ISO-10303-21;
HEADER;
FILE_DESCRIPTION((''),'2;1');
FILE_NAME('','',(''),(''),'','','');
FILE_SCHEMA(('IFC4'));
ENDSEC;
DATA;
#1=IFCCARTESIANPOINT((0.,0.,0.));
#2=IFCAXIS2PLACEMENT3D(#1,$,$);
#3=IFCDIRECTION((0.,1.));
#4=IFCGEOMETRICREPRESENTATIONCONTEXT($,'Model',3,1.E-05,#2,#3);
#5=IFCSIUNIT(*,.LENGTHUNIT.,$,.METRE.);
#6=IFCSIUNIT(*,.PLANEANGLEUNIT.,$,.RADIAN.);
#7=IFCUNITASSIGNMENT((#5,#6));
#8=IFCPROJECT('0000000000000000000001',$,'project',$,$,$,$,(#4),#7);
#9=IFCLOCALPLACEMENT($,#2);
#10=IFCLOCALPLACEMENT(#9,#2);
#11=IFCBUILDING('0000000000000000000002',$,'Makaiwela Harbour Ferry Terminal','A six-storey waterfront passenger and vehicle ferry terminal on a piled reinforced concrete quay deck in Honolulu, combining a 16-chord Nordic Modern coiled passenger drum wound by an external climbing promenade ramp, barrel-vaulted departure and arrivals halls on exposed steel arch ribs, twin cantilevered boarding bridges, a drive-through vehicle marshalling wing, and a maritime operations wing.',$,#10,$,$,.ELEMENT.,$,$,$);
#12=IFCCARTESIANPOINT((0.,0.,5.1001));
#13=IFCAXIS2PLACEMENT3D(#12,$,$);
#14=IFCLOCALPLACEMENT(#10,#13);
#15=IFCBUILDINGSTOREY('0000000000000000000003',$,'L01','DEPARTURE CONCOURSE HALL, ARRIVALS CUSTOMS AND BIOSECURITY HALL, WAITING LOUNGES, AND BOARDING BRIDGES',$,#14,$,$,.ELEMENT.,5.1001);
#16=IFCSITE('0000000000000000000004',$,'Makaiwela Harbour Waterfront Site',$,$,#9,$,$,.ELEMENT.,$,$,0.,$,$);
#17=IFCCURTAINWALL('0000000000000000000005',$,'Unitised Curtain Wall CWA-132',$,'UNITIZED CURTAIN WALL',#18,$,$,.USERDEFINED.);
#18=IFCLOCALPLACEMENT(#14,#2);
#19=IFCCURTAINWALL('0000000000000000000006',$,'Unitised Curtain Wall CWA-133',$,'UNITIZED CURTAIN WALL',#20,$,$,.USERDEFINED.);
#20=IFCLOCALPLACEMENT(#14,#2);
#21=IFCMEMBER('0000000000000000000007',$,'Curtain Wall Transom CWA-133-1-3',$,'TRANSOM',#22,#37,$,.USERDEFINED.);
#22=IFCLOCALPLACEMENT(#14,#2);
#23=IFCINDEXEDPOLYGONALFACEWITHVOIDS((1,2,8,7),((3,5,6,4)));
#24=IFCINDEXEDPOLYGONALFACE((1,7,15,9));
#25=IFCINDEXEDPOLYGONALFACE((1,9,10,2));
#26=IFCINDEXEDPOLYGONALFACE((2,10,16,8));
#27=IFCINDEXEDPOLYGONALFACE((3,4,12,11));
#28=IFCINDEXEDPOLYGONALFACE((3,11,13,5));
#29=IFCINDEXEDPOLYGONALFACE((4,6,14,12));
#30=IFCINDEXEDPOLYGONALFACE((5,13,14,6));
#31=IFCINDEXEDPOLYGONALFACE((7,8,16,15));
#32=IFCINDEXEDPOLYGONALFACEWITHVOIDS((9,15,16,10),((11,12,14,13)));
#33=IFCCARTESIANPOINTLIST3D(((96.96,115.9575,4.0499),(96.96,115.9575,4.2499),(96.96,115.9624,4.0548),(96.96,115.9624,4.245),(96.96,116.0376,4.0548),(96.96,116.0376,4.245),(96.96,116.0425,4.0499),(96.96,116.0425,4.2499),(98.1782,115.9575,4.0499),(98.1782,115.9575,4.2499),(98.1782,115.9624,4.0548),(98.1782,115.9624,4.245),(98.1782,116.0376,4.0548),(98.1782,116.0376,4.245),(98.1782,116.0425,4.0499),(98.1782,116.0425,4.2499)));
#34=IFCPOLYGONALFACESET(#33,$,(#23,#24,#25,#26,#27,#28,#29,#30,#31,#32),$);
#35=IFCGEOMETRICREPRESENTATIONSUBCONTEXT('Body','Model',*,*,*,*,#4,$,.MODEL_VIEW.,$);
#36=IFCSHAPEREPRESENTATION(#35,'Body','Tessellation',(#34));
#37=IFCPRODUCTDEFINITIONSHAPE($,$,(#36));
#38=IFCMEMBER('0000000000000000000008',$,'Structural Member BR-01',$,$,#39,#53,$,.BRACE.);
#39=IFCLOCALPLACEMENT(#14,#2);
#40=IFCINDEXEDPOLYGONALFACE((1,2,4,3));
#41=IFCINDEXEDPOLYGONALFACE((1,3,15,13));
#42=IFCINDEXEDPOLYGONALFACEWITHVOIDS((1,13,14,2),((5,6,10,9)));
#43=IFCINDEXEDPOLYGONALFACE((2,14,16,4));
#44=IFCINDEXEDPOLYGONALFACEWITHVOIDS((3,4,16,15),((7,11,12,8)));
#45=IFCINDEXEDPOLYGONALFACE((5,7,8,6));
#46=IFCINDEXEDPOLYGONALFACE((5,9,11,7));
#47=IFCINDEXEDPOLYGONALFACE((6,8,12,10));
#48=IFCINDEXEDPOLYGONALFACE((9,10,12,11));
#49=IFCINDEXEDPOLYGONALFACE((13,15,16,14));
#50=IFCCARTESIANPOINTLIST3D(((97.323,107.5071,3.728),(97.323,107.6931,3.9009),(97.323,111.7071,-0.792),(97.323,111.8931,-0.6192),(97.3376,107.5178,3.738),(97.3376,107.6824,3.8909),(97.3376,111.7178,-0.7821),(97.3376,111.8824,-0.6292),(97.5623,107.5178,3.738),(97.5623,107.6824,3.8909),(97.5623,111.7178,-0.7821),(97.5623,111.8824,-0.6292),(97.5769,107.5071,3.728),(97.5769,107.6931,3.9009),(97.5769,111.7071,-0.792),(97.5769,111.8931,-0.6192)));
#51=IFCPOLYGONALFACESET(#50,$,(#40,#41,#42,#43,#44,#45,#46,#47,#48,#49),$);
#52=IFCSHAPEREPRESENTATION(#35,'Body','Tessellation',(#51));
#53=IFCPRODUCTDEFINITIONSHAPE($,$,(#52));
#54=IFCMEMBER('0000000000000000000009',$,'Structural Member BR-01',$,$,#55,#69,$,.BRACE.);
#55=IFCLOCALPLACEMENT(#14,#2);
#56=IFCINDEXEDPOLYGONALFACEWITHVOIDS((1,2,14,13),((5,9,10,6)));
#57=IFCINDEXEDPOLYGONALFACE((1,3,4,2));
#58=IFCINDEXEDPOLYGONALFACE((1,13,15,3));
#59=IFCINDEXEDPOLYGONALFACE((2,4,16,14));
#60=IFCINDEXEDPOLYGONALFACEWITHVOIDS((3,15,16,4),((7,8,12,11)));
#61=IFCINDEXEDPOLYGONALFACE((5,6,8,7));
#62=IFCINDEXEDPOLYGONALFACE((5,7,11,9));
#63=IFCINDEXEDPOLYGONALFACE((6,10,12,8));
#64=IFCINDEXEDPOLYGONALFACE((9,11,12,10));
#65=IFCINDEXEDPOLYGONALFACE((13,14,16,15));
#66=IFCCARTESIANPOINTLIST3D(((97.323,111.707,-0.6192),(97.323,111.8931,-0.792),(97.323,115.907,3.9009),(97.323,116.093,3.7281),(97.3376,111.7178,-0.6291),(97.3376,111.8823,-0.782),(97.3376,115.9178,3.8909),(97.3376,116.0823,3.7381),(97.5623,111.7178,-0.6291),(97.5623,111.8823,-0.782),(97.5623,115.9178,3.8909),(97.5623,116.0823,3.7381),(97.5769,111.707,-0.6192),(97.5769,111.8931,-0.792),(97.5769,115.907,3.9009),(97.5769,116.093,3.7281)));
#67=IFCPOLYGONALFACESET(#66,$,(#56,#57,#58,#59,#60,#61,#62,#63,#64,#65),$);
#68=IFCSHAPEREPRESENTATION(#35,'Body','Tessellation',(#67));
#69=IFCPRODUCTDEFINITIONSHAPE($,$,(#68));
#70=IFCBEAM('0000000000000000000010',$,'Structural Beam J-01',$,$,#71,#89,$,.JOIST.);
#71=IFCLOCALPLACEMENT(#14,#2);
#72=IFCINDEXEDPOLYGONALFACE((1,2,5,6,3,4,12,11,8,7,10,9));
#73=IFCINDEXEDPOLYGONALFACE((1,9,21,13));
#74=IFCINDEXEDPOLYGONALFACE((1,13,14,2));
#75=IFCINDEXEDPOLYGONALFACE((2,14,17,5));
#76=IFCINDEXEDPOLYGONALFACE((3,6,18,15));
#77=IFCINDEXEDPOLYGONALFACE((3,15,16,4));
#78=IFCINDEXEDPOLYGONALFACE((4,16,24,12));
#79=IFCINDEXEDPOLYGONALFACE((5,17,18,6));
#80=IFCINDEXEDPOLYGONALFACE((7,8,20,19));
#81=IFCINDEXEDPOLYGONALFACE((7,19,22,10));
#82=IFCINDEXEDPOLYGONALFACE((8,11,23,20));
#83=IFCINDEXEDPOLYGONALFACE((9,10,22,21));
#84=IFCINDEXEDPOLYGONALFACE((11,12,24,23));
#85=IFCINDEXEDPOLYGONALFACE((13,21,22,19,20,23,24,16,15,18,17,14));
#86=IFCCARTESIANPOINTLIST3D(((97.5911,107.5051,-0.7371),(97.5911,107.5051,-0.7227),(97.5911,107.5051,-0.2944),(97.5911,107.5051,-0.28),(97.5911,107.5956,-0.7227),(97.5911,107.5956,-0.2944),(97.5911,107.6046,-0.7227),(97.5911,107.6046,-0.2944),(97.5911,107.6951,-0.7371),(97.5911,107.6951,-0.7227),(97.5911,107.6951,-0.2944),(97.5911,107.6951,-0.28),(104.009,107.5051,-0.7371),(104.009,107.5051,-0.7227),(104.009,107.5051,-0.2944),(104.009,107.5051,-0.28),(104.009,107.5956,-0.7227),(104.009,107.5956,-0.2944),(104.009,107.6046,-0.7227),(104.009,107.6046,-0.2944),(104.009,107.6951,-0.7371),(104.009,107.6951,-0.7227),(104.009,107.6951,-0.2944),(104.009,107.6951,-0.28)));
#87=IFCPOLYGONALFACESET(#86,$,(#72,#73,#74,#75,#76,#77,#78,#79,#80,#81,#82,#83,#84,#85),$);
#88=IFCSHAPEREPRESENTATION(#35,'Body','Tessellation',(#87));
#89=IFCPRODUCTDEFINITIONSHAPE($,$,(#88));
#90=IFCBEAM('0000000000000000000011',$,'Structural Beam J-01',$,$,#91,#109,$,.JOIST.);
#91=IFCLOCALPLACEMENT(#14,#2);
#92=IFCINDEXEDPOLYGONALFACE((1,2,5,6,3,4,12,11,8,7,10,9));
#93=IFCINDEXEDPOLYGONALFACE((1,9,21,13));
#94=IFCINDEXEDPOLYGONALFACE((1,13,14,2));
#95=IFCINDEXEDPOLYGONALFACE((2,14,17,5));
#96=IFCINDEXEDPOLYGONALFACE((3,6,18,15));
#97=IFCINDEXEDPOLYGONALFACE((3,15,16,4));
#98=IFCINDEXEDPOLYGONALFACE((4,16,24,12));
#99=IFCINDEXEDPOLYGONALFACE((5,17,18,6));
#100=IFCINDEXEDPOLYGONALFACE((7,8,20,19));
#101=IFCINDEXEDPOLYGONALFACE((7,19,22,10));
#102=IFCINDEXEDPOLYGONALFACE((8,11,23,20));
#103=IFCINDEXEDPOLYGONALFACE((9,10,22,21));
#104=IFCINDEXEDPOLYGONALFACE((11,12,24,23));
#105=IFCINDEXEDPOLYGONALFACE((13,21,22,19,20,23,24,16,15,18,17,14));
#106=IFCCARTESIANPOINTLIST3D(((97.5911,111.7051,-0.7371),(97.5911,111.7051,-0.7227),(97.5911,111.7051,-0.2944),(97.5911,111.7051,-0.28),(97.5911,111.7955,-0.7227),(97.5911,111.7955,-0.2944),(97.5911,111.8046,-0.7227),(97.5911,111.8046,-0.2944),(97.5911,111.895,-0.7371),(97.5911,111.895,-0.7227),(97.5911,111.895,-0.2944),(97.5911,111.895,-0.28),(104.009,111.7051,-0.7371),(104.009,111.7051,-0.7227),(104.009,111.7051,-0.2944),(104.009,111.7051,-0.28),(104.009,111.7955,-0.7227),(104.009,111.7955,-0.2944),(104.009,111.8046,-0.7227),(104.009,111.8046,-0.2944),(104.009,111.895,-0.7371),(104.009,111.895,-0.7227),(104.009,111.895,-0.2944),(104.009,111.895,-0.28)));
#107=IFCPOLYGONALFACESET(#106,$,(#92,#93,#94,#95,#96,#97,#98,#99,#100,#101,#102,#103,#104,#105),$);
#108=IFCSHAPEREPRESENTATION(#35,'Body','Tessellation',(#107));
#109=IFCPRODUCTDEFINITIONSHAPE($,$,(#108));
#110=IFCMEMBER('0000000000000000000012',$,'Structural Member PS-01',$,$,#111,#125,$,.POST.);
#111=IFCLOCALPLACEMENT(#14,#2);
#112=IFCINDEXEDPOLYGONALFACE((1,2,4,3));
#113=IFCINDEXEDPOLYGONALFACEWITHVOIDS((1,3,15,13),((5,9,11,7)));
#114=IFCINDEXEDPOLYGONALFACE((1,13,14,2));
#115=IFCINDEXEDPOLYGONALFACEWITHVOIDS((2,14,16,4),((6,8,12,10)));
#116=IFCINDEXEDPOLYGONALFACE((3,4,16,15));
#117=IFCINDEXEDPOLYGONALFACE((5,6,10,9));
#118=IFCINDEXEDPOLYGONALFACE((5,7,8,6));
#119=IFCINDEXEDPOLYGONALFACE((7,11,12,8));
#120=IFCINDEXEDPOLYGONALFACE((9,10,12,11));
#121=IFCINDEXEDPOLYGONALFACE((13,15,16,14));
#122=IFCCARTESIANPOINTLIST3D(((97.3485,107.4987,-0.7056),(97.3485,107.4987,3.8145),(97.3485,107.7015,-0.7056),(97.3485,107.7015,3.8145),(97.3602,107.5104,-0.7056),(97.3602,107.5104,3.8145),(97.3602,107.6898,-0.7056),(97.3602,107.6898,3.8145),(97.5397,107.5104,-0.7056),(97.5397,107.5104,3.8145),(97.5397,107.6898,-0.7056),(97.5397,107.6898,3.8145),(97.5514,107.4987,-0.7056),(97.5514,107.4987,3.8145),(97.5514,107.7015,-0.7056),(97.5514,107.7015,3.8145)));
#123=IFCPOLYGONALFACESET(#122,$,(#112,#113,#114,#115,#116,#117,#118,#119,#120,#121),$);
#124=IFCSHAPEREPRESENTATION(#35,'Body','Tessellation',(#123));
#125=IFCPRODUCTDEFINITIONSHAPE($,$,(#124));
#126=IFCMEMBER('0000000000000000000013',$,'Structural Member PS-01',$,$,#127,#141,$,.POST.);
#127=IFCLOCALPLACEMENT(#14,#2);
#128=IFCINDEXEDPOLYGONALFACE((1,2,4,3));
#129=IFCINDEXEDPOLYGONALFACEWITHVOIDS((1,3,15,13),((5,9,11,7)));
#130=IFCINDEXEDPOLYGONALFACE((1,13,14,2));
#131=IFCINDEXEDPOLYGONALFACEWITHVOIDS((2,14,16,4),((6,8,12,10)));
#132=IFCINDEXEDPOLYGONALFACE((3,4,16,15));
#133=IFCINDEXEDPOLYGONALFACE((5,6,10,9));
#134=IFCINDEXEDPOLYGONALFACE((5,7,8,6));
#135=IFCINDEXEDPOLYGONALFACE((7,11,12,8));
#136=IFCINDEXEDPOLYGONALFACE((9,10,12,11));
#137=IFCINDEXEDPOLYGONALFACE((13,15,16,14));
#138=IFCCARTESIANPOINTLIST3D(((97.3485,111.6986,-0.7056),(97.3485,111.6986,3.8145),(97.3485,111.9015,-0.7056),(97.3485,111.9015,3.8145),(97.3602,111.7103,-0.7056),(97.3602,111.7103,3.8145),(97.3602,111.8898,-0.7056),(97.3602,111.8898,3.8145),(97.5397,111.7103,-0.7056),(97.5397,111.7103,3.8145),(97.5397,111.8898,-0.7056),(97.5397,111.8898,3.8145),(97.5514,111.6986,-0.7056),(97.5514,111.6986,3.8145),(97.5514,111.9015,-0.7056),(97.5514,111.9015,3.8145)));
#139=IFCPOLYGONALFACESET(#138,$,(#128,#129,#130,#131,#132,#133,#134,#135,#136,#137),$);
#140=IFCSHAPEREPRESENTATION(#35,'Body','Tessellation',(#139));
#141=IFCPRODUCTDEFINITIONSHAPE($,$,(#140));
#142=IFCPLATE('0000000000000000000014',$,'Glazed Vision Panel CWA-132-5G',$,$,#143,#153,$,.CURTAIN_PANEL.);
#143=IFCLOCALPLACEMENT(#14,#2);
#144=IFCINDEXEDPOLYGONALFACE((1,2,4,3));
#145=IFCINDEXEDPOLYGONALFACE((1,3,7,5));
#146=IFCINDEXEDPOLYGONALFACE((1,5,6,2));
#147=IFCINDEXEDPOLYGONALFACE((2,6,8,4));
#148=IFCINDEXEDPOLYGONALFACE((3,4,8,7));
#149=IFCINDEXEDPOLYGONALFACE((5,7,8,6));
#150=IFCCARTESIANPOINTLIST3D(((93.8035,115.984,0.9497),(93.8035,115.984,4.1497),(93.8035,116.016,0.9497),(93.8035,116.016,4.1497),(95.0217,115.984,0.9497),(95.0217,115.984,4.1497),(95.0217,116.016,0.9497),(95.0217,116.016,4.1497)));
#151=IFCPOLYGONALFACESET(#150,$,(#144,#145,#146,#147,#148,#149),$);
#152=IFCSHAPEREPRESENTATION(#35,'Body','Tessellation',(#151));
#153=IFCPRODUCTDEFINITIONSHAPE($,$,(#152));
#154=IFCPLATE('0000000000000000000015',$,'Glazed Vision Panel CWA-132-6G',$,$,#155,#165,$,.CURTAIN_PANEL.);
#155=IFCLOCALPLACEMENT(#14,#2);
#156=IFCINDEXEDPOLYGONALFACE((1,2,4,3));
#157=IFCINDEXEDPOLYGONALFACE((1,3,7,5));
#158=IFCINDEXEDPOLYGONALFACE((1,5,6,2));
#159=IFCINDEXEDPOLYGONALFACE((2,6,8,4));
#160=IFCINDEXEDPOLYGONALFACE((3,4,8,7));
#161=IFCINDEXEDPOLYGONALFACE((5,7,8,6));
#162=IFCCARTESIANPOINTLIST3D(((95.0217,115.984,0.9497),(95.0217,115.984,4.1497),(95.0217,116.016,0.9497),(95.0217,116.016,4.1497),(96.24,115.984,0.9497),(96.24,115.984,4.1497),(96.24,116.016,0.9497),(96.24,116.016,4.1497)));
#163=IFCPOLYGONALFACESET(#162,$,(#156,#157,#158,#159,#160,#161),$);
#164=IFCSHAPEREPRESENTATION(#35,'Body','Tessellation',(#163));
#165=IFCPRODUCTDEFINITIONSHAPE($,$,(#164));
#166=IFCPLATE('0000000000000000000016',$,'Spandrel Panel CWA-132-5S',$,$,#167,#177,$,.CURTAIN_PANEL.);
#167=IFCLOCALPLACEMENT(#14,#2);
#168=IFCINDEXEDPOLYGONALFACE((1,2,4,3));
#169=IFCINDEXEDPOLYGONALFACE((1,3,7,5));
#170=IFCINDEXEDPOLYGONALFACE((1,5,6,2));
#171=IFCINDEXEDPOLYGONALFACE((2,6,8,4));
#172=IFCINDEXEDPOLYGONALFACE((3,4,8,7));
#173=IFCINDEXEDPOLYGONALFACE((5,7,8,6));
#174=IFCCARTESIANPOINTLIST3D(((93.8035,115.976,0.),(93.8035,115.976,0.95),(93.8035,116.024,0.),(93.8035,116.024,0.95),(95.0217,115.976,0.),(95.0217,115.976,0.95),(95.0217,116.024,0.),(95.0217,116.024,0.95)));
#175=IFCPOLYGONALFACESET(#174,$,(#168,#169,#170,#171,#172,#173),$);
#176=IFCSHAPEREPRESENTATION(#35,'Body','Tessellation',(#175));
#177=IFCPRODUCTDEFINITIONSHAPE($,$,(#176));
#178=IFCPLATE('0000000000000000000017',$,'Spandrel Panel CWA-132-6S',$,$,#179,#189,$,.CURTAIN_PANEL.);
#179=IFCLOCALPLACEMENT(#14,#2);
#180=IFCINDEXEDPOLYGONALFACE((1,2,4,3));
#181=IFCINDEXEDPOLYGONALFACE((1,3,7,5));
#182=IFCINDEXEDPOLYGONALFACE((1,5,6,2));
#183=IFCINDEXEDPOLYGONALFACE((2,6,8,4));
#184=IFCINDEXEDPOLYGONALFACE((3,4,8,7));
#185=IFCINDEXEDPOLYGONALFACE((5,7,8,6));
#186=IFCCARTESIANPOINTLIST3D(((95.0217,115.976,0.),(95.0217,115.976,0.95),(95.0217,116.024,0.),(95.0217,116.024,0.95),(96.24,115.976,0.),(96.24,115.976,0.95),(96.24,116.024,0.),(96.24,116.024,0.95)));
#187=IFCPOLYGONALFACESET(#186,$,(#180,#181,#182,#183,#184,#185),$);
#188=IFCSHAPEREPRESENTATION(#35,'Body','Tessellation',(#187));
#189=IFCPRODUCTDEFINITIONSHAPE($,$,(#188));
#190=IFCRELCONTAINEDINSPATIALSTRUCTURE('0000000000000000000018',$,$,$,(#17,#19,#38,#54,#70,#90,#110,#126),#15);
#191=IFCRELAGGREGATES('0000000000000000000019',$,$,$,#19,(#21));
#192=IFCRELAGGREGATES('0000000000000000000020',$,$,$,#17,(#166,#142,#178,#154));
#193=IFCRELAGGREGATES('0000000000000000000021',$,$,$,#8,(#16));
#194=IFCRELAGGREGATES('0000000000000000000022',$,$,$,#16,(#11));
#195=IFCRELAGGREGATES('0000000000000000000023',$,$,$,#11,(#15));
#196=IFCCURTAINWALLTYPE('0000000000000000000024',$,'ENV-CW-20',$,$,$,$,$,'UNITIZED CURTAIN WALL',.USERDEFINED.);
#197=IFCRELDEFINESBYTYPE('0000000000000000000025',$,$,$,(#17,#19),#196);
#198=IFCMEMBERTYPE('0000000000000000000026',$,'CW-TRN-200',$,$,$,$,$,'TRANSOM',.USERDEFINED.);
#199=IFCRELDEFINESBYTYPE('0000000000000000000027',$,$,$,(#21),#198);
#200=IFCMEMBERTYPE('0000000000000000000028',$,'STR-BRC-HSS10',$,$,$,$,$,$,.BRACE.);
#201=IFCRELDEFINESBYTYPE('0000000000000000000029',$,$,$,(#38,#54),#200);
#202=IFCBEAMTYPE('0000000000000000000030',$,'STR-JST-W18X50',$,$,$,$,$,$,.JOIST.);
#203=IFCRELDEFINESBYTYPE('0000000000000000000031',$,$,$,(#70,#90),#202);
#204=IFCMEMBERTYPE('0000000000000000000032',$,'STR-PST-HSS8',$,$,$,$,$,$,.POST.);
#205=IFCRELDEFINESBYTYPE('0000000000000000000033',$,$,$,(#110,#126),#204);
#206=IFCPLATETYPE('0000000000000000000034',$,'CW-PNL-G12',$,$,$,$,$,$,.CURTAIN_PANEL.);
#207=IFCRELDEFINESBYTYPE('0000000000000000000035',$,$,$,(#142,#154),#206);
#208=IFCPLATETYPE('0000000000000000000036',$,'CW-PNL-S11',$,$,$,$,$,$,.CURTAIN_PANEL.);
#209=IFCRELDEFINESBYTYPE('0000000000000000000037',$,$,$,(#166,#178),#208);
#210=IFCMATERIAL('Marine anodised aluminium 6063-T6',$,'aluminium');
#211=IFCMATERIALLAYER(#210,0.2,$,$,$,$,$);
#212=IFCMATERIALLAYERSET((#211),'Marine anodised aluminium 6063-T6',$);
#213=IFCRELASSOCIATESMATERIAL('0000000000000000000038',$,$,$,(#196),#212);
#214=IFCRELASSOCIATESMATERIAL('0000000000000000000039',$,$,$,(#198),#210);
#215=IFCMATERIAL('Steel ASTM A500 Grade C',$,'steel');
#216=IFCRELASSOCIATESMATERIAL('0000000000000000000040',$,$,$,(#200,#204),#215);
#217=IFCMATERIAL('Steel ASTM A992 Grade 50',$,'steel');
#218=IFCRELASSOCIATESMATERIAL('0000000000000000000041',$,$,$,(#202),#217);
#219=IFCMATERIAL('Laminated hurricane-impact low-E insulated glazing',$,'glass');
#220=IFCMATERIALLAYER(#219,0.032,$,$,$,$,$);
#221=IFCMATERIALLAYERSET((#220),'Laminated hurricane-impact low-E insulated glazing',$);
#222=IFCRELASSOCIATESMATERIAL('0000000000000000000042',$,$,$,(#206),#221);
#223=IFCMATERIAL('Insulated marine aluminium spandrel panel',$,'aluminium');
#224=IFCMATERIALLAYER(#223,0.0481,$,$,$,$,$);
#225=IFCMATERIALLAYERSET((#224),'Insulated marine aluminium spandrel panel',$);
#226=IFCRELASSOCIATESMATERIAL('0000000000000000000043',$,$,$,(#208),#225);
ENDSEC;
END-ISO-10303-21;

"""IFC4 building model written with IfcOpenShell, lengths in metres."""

from ifc_helpers import new_model, si_unit, direction, frame, origin, origin_2d, place, context, subcontext, project, spatial, rectangle, hollow_rectangle, i_section, extrude, material, layer, layer_set, material_profile, profile_set, type_object, element, aggregate, save


model = new_model("IFC4")

# Units and contexts
model_context = context("Model", 3, precision=1e-05, world=origin(), true_north=direction((0.0, 1.0)))
body_context = subcontext(model_context, "Body", "Model", "MODEL_VIEW")
ifc_project = project(units=[si_unit("LENGTHUNIT", "METRE"), si_unit("PLANEANGLEUNIT", "RADIAN")], contexts=[model_context])

# Site, building, storey
site_placement = place(None, origin())
site = spatial("IfcSite", under=ifc_project, at=site_placement, Name="Makaiwela Harbour Waterfront Site", CompositionType="ELEMENT", RefElevation=0.0)
building_placement = place(site_placement, origin())
building = spatial("IfcBuilding", under=site, at=building_placement, Name="Makaiwela Harbour Ferry Terminal", Description="A six-storey waterfront passenger and vehicle ferry terminal on a piled reinforced concrete quay deck in Honolulu, combining a 16-chord Nordic Modern coiled passenger drum wound by an external climbing promenade ramp, barrel-vaulted departure and arrivals halls on exposed steel arch ribs, twin cantilevered boarding bridges, a drive-through vehicle marshalling wing, and a maritime operations wing.", CompositionType="ELEMENT")
storey_placement = place(building_placement, frame((0.0, 0.0, 5.1001)))
storey = spatial("IfcBuildingStorey", under=building, at=storey_placement, Name="L01", Description="DEPARTURE CONCOURSE HALL, ARRIVALS CUSTOMS AND BIOSECURITY HALL, WAITING LOUNGES, AND BOARDING BRIDGES", CompositionType="ELEMENT", Elevation=5.1001)

# Curtain wall
ifc_material_1 = material(Name="Marine anodised aluminium 6063-T6", Category="aluminium")
ifc_layer_1 = layer(ifc_material_1, 0.2)
ifc_layer_set_1 = layer_set([ifc_layer_1], Name="Marine anodised aluminium 6063-T6")
curtain_wall_type = type_object("IfcCurtainWallType", Name="ENV-CW-20", ElementType="UNITIZED CURTAIN WALL", PredefinedType="USERDEFINED", material=ifc_layer_set_1)
curtain_wall_1_placement = place(storey_placement, origin())
curtain_wall_1 = element("IfcCurtainWall", 1, at=curtain_wall_1_placement, inside=storey, type_object=curtain_wall_type, Name="Unitised Curtain Wall CWA-132", ObjectType="UNITIZED CURTAIN WALL", PredefinedType="USERDEFINED")

# Curtain wall
curtain_wall_2_placement = place(storey_placement, origin())
curtain_wall_2 = element("IfcCurtainWall", 2, at=curtain_wall_2_placement, inside=storey, type_object=curtain_wall_type, Name="Unitised Curtain Wall CWA-133", ObjectType="UNITIZED CURTAIN WALL", PredefinedType="USERDEFINED")

# Member
ifc_material_profile_1 = material_profile(ifc_material_1, hollow_rectangle(XDim=0.085, YDim=0.2, WallThickness=0.0049, at=origin_2d()), Name="CWT-200X85")
ifc_profile_set_1 = profile_set([ifc_material_profile_1], Name="Marine anodised aluminium 6063-T6")
member_type_1 = type_object("IfcMemberType", Name="CW-TRN-200", ElementType="TRANSOM", PredefinedType="USERDEFINED", material=ifc_profile_set_1)
member_1_placement = place(storey_placement, frame((96.96, 116.0, 4.1499), z_axis=(1.0, 0.0, 0.0), x_axis=(0.0, 1.0, 0.0)))
member_1 = element("IfcMember", 3, at=member_1_placement, type_object=member_type_1, Name="Curtain Wall Transom CWA-133-1-3", ObjectType="TRANSOM", PredefinedType="USERDEFINED", context=body_context, shape_type="SweptSolid", body=[
    extrude(hollow_rectangle(XDim=0.085, YDim=0.2, WallThickness=0.0049, at=origin_2d()), origin(), (0.0, 0.0, 1.0), 1.2183),
])
aggregate(curtain_wall_2, [member_1])

# Members
ifc_material_2 = material(Name="Steel ASTM A500 Grade C", Category="steel")
ifc_material_profile_2 = material_profile(ifc_material_2, hollow_rectangle(XDim=0.2539, YDim=0.2539, WallThickness=0.0146, at=origin_2d()), Name="HSS10X10X5/8")
ifc_profile_set_2 = profile_set([ifc_material_profile_2], Name="Steel ASTM A500 Grade C")
member_type_2 = type_object("IfcMemberType", Name="STR-BRC-HSS10", PredefinedType="BRACE", material=ifc_profile_set_2)
for number, where, z_axis, x_axis, name in (
    (4, (97.45, 107.6001, 3.8145), (0.0, 0.680694, -0.732568), (-1.0, 0.0, 0.0), "Structural Member BR-01"),
    (5, (97.45, 111.8, -0.7056), (0.0, 0.680694, 0.732568), (-1.0, 0.0, 0.0), "Structural Member BR-01"),
):
    element("IfcMember", number, at=place(storey_placement, frame(where, z_axis=z_axis, x_axis=x_axis)), inside=storey, type_object=member_type_2, Name=name, PredefinedType="BRACE", context=body_context, shape_type="SweptSolid", body=[
        extrude(hollow_rectangle(XDim=0.2539, YDim=0.2539, WallThickness=0.0146, at=origin_2d()), origin(), (0.0, 0.0, 1.0), 6.1702),
    ])

# Beams
ifc_material_3 = material(Name="Steel ASTM A992 Grade 50", Category="steel")
ifc_material_profile_3 = material_profile(ifc_material_3, i_section(OverallWidth=0.1899, OverallDepth=0.457, WebThickness=0.009, FlangeThickness=0.0144, at=origin_2d()), Name="W18X50")
ifc_profile_set_3 = profile_set([ifc_material_profile_3], Name="Steel ASTM A992 Grade 50")
beam_type = type_object("IfcBeamType", Name="STR-JST-W18X50", PredefinedType="JOIST", material=ifc_profile_set_3)
for number, where, z_axis, x_axis, name in (
    (6, (97.5911, 107.6001, -0.5085), (1.0, 0.0, 0.0), (0.0, 1.0, 0.0), "Structural Beam J-01"),
    (7, (97.5911, 111.8, -0.5085), (1.0, 0.0, 0.0), (0.0, 1.0, 0.0), "Structural Beam J-01"),
):
    element("IfcBeam", number, at=place(storey_placement, frame(where, z_axis=z_axis, x_axis=x_axis)), inside=storey, type_object=beam_type, Name=name, PredefinedType="JOIST", context=body_context, shape_type="SweptSolid", body=[
        extrude(i_section(OverallWidth=0.1899, OverallDepth=0.457, WebThickness=0.009, FlangeThickness=0.0144, at=origin_2d()), origin(), (0.0, 0.0, 1.0), 6.418),
    ])

# Members
ifc_material_profile_4 = material_profile(ifc_material_2, hollow_rectangle(XDim=0.2029, YDim=0.2029, WallThickness=0.0117, at=origin_2d()), Name="HSS8X8X1/2")
ifc_profile_set_4 = profile_set([ifc_material_profile_4], Name="Steel ASTM A500 Grade C")
member_type_3 = type_object("IfcMemberType", Name="STR-PST-HSS8", PredefinedType="POST", material=ifc_profile_set_4)
for number, where, z_axis, x_axis, name in (
    (8, (97.45, 107.6001, -0.7056), (0.0, 0.0, 1.0), (1.0, 0.0, 0.0), "Structural Member PS-01"),
    (9, (97.45, 111.8, -0.7056), (0.0, 0.0, 1.0), (1.0, 0.0, 0.0), "Structural Member PS-01"),
):
    element("IfcMember", number, at=place(storey_placement, frame(where, z_axis=z_axis, x_axis=x_axis)), inside=storey, type_object=member_type_3, Name=name, PredefinedType="POST", context=body_context, shape_type="SweptSolid", body=[
        extrude(hollow_rectangle(XDim=0.2029, YDim=0.2029, WallThickness=0.0117, at=origin_2d()), origin(), (0.0, 0.0, 1.0), 4.52),
    ])

# Plates
ifc_material_4 = material(Name="Laminated hurricane-impact low-E insulated glazing", Category="glass")
ifc_layer_2 = layer(ifc_material_4, 0.032)
ifc_layer_set_2 = layer_set([ifc_layer_2], Name="Laminated hurricane-impact low-E insulated glazing")
plate_type_1 = type_object("IfcPlateType", Name="CW-PNL-G12", PredefinedType="CURTAIN_PANEL", material=ifc_layer_set_2)
plate_1_placement = place(storey_placement, frame((94.4126, 116.0, 0.9497), z_axis=(0.0, 0.0, 1.0), x_axis=(1.0, 0.0, 0.0)))
plate_1 = element("IfcPlate", 10, at=plate_1_placement, type_object=plate_type_1, Name="Glazed Vision Panel CWA-132-5G", PredefinedType="CURTAIN_PANEL", context=body_context, shape_type="SweptSolid", body=[
    extrude(rectangle(XDim=1.2183, YDim=0.032, at=origin_2d()), origin(), (0.0, 0.0, 1.0), 3.2),
])
plate_2_placement = place(storey_placement, frame((95.6309, 116.0, 0.9497), z_axis=(0.0, 0.0, 1.0), x_axis=(1.0, 0.0, 0.0)))
plate_2 = element("IfcPlate", 11, at=plate_2_placement, type_object=plate_type_1, Name="Glazed Vision Panel CWA-132-6G", PredefinedType="CURTAIN_PANEL", context=body_context, shape_type="SweptSolid", body=[
    extrude(rectangle(XDim=1.2183, YDim=0.032, at=origin_2d()), origin(), (0.0, 0.0, 1.0), 3.2),
])
ifc_material_5 = material(Name="Insulated marine aluminium spandrel panel", Category="aluminium")
ifc_layer_3 = layer(ifc_material_5, 0.0481)
ifc_layer_set_3 = layer_set([ifc_layer_3], Name="Insulated marine aluminium spandrel panel")
plate_type_2 = type_object("IfcPlateType", Name="CW-PNL-S11", PredefinedType="CURTAIN_PANEL", material=ifc_layer_set_3)
plate_3_placement = place(storey_placement, frame((94.4126, 116.0, 0.0), z_axis=(0.0, 0.0, 1.0), x_axis=(1.0, 0.0, 0.0)))
plate_3 = element("IfcPlate", 12, at=plate_3_placement, type_object=plate_type_2, Name="Spandrel Panel CWA-132-5S", PredefinedType="CURTAIN_PANEL", context=body_context, shape_type="SweptSolid", body=[
    extrude(rectangle(XDim=1.2183, YDim=0.0481, at=origin_2d()), origin(), (0.0, 0.0, 1.0), 0.95),
])
plate_4_placement = place(storey_placement, frame((95.6309, 116.0, 0.0), z_axis=(0.0, 0.0, 1.0), x_axis=(1.0, 0.0, 0.0)))
plate_4 = element("IfcPlate", 13, at=plate_4_placement, type_object=plate_type_2, Name="Spandrel Panel CWA-132-6S", PredefinedType="CURTAIN_PANEL", context=body_context, shape_type="SweptSolid", body=[
    extrude(rectangle(XDim=1.2183, YDim=0.0481, at=origin_2d()), origin(), (0.0, 0.0, 1.0), 0.95),
])
aggregate(curtain_wall_1, [plate_3, plate_1, plate_4, plate_2])

save(model, "model.ifc")
